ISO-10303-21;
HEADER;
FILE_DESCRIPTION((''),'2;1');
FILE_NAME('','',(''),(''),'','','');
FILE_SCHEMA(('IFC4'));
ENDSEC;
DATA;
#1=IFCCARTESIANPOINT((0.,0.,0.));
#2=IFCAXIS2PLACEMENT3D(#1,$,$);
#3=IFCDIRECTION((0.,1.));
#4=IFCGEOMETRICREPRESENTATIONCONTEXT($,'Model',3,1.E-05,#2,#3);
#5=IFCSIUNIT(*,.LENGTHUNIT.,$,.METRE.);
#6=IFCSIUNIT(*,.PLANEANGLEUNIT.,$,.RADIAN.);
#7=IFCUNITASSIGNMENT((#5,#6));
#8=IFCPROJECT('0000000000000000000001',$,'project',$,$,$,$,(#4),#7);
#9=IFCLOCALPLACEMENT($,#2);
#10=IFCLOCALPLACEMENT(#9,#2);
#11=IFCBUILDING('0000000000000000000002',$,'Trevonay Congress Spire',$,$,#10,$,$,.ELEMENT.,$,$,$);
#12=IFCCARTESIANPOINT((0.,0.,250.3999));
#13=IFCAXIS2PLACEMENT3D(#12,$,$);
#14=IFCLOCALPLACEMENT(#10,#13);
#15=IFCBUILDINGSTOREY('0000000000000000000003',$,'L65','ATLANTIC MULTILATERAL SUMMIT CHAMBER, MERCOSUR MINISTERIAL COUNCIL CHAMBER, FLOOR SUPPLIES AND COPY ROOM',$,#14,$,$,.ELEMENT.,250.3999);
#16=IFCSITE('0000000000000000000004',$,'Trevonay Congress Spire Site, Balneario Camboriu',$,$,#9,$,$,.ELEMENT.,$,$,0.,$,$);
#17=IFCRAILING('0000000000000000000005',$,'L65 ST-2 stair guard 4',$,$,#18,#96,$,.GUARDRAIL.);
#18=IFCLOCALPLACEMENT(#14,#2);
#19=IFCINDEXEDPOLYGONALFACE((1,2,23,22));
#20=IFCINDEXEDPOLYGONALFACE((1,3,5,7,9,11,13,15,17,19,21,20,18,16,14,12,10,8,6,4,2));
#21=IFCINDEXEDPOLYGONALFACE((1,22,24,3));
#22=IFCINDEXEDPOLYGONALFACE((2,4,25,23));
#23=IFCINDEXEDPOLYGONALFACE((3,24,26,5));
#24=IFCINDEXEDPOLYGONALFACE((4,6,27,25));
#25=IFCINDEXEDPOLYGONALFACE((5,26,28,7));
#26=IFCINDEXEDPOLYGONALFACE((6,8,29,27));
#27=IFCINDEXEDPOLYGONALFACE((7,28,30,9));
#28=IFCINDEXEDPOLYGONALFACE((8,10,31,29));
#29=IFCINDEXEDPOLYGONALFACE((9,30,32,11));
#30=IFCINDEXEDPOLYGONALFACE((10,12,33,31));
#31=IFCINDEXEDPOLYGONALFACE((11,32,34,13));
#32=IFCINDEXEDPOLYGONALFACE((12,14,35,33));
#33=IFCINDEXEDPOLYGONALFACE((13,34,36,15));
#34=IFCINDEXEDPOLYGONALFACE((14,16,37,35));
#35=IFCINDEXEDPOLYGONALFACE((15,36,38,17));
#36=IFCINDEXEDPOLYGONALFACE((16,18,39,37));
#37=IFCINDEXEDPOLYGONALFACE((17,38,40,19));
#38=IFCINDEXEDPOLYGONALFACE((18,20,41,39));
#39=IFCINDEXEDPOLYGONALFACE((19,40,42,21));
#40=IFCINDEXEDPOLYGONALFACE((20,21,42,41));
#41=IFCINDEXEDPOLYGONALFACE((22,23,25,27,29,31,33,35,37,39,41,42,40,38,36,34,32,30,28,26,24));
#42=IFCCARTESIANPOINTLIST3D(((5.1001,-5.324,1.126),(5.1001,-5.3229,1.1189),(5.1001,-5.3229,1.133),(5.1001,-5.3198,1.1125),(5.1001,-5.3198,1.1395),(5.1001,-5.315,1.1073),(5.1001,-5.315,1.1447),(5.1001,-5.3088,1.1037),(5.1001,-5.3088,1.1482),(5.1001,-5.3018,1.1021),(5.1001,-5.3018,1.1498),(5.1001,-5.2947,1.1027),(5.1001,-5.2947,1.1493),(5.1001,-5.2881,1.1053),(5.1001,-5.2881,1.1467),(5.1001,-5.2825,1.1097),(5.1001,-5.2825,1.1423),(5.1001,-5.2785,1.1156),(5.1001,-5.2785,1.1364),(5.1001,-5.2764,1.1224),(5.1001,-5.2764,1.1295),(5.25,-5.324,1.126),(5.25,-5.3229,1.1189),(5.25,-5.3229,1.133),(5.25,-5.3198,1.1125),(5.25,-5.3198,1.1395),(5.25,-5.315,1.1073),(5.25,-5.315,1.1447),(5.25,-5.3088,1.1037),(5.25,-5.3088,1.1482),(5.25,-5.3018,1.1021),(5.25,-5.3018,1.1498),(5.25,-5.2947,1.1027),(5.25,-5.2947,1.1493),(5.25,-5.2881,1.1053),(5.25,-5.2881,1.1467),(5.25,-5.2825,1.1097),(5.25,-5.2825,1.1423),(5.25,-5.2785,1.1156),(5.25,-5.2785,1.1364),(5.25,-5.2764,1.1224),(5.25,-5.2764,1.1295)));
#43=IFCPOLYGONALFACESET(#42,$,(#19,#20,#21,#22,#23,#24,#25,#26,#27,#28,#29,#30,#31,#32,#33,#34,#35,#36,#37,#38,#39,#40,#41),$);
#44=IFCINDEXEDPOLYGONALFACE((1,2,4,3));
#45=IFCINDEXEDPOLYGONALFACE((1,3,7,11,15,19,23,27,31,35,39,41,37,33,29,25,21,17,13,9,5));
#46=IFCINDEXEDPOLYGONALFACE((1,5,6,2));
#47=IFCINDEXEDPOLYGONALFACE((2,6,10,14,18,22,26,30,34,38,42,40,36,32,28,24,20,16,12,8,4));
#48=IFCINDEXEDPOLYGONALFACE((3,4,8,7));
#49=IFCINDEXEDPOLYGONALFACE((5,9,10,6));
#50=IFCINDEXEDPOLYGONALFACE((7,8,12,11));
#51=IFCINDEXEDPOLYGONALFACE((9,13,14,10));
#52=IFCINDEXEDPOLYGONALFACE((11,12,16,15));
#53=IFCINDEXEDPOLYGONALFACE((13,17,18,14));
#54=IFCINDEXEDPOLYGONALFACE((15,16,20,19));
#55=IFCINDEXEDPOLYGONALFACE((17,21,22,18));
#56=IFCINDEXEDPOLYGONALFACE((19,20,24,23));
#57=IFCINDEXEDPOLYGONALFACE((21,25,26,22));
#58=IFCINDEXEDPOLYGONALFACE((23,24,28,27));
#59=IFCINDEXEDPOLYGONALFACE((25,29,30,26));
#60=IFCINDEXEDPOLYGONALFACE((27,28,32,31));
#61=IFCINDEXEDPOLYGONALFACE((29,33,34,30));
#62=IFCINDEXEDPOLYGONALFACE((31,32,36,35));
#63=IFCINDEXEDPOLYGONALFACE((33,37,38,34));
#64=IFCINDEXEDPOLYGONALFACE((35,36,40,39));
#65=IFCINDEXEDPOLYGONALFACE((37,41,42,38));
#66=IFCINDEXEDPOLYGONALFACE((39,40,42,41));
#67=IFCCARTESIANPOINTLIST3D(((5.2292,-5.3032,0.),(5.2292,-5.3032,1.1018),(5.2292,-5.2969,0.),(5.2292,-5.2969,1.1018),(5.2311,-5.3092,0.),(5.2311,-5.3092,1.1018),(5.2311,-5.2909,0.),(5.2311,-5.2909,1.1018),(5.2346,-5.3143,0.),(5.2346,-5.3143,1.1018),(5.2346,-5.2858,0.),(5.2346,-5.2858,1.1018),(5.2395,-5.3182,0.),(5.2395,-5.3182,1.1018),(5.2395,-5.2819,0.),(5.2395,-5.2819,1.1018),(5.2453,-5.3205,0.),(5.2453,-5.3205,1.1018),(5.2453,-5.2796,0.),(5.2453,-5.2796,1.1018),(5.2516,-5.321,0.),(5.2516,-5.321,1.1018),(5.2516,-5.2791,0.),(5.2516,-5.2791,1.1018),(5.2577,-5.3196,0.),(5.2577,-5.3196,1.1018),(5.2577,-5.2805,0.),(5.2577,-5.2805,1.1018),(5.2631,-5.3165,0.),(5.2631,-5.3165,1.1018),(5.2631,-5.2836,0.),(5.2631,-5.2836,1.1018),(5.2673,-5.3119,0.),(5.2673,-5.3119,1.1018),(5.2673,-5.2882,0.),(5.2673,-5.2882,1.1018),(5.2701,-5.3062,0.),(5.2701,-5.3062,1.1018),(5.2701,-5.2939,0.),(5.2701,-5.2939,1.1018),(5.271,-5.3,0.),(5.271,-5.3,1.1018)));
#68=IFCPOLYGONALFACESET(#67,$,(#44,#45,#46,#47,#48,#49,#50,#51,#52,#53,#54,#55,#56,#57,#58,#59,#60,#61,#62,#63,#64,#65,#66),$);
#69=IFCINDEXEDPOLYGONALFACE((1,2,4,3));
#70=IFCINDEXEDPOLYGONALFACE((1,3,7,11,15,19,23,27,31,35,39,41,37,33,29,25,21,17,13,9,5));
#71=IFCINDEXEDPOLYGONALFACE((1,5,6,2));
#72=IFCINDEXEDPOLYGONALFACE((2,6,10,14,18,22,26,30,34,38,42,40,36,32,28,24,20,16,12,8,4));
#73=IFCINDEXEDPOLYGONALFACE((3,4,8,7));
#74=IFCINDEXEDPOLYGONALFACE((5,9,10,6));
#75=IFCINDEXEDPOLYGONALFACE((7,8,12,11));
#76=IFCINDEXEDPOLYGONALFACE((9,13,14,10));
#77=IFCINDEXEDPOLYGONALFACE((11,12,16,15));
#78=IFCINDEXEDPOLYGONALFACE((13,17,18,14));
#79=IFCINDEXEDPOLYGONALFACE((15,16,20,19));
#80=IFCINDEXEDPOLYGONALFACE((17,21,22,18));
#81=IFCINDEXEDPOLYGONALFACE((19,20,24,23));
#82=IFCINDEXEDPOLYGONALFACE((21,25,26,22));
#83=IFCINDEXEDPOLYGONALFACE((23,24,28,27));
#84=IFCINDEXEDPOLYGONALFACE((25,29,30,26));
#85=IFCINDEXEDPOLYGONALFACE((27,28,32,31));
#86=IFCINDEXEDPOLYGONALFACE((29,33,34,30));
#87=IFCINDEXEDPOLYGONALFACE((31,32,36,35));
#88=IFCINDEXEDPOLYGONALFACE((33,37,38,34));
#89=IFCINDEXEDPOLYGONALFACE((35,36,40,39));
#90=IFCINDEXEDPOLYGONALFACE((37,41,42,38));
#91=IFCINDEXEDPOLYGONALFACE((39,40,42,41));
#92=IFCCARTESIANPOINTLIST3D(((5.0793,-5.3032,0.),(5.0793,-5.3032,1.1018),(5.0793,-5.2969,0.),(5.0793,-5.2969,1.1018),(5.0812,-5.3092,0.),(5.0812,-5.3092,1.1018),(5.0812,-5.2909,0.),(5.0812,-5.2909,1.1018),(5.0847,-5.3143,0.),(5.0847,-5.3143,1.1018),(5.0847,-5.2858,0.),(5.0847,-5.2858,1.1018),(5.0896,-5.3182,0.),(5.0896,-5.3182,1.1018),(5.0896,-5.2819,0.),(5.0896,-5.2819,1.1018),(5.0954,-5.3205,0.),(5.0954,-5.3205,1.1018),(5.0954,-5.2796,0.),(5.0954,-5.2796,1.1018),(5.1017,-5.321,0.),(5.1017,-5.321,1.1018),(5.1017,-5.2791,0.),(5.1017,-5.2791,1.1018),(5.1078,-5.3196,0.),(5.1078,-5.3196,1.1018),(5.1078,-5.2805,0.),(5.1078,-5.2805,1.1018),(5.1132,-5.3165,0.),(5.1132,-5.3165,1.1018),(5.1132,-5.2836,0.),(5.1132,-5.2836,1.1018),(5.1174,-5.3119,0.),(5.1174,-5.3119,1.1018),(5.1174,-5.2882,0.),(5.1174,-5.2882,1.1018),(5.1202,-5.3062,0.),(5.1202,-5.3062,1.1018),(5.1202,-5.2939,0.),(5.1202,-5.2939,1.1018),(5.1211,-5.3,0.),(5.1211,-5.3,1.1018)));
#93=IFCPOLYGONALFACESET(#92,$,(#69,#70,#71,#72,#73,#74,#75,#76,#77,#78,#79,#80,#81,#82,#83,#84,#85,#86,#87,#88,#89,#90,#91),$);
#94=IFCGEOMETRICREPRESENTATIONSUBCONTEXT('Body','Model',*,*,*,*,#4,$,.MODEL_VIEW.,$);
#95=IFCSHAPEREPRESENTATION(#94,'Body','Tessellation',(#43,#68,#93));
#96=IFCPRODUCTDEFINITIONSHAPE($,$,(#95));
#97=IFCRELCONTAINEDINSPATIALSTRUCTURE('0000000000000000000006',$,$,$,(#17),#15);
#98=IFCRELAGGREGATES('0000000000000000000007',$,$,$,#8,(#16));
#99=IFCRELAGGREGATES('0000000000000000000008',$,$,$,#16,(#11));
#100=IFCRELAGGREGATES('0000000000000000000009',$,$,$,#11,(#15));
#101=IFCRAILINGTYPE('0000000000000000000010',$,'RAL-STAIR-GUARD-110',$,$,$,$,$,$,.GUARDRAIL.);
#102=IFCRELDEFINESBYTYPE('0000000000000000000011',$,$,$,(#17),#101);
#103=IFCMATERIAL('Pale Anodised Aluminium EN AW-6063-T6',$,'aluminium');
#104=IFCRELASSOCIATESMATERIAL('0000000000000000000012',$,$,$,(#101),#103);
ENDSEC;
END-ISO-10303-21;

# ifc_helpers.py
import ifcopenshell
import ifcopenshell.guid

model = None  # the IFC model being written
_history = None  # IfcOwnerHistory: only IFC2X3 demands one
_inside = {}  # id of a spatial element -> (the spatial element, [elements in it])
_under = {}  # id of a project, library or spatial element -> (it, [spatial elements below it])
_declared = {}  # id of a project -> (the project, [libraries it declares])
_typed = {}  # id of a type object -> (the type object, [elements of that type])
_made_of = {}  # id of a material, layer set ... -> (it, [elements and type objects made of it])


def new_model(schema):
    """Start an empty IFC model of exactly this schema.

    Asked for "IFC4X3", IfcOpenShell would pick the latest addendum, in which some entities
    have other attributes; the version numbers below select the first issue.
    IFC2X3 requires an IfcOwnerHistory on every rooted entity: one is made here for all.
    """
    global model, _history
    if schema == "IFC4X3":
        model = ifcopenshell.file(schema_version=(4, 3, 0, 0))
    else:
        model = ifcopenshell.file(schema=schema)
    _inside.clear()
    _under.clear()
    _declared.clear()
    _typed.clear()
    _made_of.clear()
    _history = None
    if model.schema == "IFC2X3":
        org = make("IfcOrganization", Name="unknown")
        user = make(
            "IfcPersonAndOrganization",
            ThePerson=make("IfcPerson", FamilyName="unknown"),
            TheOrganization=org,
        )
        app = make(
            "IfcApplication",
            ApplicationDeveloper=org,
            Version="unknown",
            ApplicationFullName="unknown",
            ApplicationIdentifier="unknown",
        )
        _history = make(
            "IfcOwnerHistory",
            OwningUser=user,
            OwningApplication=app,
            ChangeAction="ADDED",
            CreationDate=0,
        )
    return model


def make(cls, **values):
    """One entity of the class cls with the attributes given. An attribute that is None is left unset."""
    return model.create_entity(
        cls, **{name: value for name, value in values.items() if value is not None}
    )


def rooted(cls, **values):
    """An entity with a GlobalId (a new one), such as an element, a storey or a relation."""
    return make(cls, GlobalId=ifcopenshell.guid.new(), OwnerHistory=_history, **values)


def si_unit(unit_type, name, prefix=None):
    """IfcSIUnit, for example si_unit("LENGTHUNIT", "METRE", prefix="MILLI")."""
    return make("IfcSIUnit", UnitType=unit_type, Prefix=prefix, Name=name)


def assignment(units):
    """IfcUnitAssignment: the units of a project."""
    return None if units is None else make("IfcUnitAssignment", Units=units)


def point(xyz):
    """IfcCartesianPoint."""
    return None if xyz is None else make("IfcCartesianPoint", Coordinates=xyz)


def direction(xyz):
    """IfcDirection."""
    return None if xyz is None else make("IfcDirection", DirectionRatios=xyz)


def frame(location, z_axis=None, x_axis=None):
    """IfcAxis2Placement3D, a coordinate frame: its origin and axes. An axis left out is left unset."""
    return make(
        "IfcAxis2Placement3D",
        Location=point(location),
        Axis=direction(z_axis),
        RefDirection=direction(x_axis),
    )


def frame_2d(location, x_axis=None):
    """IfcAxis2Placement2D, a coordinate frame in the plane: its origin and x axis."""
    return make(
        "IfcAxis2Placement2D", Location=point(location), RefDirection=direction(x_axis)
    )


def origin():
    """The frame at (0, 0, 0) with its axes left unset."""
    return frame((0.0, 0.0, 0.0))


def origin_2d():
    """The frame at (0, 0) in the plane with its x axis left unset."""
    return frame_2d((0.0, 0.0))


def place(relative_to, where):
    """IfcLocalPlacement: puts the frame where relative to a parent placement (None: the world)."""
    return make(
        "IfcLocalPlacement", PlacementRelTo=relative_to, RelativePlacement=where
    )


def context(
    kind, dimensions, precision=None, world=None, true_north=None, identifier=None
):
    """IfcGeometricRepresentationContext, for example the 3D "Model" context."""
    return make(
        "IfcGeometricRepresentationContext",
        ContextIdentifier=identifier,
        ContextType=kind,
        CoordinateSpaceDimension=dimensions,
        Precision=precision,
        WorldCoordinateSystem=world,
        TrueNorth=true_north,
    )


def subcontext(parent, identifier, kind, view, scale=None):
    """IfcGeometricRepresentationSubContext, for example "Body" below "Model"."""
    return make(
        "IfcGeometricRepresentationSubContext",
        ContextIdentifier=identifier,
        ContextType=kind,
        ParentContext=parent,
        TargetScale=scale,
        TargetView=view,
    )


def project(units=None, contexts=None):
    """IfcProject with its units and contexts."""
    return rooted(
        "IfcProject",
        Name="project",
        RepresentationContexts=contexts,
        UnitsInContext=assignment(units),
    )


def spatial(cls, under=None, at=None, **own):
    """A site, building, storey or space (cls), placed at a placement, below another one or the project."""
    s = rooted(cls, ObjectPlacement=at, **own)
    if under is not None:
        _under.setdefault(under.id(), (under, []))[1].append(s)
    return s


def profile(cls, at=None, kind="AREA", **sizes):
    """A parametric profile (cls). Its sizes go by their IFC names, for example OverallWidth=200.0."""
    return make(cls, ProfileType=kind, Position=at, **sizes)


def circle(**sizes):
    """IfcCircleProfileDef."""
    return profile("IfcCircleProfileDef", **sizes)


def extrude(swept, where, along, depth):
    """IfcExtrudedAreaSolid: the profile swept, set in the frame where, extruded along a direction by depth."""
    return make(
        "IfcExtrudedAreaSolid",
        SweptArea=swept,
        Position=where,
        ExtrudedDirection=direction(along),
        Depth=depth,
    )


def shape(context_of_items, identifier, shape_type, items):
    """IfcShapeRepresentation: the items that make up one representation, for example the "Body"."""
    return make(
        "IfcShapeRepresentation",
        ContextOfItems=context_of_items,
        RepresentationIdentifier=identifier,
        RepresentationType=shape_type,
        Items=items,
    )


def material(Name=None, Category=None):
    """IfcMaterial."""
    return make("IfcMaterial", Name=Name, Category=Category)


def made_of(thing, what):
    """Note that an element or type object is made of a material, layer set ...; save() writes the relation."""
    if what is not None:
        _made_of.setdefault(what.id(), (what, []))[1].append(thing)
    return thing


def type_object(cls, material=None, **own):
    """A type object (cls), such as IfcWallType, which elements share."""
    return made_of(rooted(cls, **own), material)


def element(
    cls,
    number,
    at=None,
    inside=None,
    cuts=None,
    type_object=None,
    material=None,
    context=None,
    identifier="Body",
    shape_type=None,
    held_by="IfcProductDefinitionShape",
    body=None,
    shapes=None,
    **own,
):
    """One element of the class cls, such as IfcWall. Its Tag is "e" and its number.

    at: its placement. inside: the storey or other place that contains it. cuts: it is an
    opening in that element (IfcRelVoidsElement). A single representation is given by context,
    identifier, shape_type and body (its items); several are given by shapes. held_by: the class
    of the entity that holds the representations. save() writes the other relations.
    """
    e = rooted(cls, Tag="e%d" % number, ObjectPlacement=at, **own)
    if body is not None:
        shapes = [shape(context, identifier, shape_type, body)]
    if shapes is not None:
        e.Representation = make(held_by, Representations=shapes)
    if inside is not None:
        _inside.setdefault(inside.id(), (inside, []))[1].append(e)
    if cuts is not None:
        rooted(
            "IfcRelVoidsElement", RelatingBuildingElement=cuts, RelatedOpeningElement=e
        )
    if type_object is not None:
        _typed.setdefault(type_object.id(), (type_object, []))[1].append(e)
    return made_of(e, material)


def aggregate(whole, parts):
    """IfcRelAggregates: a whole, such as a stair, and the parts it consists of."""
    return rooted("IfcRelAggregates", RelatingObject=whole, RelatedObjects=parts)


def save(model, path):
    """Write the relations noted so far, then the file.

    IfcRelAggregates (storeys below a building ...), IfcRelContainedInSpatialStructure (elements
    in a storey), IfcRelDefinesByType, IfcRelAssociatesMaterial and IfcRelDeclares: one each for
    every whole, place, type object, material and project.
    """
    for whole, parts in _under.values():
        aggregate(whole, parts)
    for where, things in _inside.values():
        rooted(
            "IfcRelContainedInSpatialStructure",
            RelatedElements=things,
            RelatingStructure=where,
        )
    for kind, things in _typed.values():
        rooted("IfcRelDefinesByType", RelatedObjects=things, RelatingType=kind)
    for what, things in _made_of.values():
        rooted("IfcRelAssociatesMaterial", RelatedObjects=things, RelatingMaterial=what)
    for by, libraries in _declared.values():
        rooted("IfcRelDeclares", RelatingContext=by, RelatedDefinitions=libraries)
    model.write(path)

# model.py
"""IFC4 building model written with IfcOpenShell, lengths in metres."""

from ifc_helpers import new_model, si_unit, direction, frame, origin, origin_2d, place, context, subcontext, project, spatial, circle, extrude, material, type_object, element, save


model = new_model("IFC4")

# Units and contexts
model_context = context("Model", 3, precision=1e-05, world=origin(), true_north=direction((0.0, 1.0)))
body_context = subcontext(model_context, "Body", "Model", "MODEL_VIEW")
ifc_project = project(units=[si_unit("LENGTHUNIT", "METRE"), si_unit("PLANEANGLEUNIT", "RADIAN")], contexts=[model_context])

# Site, building, storey
site_placement = place(None, origin())
site = spatial("IfcSite", under=ifc_project, at=site_placement, Name="Trevonay Congress Spire Site, Balneario Camboriu", CompositionType="ELEMENT", RefElevation=0.0)
building_placement = place(site_placement, origin())
building = spatial("IfcBuilding", under=site, at=building_placement, Name="Trevonay Congress Spire", CompositionType="ELEMENT")
storey_placement = place(building_placement, frame((0.0, 0.0, 250.3999)))
storey = spatial("IfcBuildingStorey", under=building, at=storey_placement, Name="L65", Description="ATLANTIC MULTILATERAL SUMMIT CHAMBER, MERCOSUR MINISTERIAL COUNCIL CHAMBER, FLOOR SUPPLIES AND COPY ROOM", CompositionType="ELEMENT", Elevation=250.3999)

# Shared definitions
ifc_material_1 = material(Name="Pale Anodised Aluminium EN AW-6063-T6", Category="aluminium")

# Railing
railing_type_1 = type_object("IfcRailingType", Name="RAL-STAIR-GUARD-110", PredefinedType="GUARDRAIL", material=ifc_material_1)
railing_1_placement = place(storey_placement, frame((5.25, -5.3, 0.0)))
element("IfcRailing", 1, at=railing_1_placement, inside=storey, type_object=railing_type_1, Name="L65 ST-2 stair guard 4", PredefinedType="GUARDRAIL", context=body_context, shape_type="SweptSolid", body=[
    extrude(circle(Radius=0.0239, at=origin_2d()), frame((0.0, 0.0, 1.126), z_axis=(-1.0, 0.0, 0.0), x_axis=(0.0, -1.0, 0.0)), (0.0, 0.0, 1.0), 0.1499),
    extrude(circle(Radius=0.021, at=origin_2d()), origin(), (0.0, 0.0, 1.0), 1.1018),
    extrude(circle(Radius=0.021, at=origin_2d()), frame((-0.1499, 0.0, 0.0)), (0.0, 0.0, 1.0), 1.1018),
])

save(model, "model.ifc")
